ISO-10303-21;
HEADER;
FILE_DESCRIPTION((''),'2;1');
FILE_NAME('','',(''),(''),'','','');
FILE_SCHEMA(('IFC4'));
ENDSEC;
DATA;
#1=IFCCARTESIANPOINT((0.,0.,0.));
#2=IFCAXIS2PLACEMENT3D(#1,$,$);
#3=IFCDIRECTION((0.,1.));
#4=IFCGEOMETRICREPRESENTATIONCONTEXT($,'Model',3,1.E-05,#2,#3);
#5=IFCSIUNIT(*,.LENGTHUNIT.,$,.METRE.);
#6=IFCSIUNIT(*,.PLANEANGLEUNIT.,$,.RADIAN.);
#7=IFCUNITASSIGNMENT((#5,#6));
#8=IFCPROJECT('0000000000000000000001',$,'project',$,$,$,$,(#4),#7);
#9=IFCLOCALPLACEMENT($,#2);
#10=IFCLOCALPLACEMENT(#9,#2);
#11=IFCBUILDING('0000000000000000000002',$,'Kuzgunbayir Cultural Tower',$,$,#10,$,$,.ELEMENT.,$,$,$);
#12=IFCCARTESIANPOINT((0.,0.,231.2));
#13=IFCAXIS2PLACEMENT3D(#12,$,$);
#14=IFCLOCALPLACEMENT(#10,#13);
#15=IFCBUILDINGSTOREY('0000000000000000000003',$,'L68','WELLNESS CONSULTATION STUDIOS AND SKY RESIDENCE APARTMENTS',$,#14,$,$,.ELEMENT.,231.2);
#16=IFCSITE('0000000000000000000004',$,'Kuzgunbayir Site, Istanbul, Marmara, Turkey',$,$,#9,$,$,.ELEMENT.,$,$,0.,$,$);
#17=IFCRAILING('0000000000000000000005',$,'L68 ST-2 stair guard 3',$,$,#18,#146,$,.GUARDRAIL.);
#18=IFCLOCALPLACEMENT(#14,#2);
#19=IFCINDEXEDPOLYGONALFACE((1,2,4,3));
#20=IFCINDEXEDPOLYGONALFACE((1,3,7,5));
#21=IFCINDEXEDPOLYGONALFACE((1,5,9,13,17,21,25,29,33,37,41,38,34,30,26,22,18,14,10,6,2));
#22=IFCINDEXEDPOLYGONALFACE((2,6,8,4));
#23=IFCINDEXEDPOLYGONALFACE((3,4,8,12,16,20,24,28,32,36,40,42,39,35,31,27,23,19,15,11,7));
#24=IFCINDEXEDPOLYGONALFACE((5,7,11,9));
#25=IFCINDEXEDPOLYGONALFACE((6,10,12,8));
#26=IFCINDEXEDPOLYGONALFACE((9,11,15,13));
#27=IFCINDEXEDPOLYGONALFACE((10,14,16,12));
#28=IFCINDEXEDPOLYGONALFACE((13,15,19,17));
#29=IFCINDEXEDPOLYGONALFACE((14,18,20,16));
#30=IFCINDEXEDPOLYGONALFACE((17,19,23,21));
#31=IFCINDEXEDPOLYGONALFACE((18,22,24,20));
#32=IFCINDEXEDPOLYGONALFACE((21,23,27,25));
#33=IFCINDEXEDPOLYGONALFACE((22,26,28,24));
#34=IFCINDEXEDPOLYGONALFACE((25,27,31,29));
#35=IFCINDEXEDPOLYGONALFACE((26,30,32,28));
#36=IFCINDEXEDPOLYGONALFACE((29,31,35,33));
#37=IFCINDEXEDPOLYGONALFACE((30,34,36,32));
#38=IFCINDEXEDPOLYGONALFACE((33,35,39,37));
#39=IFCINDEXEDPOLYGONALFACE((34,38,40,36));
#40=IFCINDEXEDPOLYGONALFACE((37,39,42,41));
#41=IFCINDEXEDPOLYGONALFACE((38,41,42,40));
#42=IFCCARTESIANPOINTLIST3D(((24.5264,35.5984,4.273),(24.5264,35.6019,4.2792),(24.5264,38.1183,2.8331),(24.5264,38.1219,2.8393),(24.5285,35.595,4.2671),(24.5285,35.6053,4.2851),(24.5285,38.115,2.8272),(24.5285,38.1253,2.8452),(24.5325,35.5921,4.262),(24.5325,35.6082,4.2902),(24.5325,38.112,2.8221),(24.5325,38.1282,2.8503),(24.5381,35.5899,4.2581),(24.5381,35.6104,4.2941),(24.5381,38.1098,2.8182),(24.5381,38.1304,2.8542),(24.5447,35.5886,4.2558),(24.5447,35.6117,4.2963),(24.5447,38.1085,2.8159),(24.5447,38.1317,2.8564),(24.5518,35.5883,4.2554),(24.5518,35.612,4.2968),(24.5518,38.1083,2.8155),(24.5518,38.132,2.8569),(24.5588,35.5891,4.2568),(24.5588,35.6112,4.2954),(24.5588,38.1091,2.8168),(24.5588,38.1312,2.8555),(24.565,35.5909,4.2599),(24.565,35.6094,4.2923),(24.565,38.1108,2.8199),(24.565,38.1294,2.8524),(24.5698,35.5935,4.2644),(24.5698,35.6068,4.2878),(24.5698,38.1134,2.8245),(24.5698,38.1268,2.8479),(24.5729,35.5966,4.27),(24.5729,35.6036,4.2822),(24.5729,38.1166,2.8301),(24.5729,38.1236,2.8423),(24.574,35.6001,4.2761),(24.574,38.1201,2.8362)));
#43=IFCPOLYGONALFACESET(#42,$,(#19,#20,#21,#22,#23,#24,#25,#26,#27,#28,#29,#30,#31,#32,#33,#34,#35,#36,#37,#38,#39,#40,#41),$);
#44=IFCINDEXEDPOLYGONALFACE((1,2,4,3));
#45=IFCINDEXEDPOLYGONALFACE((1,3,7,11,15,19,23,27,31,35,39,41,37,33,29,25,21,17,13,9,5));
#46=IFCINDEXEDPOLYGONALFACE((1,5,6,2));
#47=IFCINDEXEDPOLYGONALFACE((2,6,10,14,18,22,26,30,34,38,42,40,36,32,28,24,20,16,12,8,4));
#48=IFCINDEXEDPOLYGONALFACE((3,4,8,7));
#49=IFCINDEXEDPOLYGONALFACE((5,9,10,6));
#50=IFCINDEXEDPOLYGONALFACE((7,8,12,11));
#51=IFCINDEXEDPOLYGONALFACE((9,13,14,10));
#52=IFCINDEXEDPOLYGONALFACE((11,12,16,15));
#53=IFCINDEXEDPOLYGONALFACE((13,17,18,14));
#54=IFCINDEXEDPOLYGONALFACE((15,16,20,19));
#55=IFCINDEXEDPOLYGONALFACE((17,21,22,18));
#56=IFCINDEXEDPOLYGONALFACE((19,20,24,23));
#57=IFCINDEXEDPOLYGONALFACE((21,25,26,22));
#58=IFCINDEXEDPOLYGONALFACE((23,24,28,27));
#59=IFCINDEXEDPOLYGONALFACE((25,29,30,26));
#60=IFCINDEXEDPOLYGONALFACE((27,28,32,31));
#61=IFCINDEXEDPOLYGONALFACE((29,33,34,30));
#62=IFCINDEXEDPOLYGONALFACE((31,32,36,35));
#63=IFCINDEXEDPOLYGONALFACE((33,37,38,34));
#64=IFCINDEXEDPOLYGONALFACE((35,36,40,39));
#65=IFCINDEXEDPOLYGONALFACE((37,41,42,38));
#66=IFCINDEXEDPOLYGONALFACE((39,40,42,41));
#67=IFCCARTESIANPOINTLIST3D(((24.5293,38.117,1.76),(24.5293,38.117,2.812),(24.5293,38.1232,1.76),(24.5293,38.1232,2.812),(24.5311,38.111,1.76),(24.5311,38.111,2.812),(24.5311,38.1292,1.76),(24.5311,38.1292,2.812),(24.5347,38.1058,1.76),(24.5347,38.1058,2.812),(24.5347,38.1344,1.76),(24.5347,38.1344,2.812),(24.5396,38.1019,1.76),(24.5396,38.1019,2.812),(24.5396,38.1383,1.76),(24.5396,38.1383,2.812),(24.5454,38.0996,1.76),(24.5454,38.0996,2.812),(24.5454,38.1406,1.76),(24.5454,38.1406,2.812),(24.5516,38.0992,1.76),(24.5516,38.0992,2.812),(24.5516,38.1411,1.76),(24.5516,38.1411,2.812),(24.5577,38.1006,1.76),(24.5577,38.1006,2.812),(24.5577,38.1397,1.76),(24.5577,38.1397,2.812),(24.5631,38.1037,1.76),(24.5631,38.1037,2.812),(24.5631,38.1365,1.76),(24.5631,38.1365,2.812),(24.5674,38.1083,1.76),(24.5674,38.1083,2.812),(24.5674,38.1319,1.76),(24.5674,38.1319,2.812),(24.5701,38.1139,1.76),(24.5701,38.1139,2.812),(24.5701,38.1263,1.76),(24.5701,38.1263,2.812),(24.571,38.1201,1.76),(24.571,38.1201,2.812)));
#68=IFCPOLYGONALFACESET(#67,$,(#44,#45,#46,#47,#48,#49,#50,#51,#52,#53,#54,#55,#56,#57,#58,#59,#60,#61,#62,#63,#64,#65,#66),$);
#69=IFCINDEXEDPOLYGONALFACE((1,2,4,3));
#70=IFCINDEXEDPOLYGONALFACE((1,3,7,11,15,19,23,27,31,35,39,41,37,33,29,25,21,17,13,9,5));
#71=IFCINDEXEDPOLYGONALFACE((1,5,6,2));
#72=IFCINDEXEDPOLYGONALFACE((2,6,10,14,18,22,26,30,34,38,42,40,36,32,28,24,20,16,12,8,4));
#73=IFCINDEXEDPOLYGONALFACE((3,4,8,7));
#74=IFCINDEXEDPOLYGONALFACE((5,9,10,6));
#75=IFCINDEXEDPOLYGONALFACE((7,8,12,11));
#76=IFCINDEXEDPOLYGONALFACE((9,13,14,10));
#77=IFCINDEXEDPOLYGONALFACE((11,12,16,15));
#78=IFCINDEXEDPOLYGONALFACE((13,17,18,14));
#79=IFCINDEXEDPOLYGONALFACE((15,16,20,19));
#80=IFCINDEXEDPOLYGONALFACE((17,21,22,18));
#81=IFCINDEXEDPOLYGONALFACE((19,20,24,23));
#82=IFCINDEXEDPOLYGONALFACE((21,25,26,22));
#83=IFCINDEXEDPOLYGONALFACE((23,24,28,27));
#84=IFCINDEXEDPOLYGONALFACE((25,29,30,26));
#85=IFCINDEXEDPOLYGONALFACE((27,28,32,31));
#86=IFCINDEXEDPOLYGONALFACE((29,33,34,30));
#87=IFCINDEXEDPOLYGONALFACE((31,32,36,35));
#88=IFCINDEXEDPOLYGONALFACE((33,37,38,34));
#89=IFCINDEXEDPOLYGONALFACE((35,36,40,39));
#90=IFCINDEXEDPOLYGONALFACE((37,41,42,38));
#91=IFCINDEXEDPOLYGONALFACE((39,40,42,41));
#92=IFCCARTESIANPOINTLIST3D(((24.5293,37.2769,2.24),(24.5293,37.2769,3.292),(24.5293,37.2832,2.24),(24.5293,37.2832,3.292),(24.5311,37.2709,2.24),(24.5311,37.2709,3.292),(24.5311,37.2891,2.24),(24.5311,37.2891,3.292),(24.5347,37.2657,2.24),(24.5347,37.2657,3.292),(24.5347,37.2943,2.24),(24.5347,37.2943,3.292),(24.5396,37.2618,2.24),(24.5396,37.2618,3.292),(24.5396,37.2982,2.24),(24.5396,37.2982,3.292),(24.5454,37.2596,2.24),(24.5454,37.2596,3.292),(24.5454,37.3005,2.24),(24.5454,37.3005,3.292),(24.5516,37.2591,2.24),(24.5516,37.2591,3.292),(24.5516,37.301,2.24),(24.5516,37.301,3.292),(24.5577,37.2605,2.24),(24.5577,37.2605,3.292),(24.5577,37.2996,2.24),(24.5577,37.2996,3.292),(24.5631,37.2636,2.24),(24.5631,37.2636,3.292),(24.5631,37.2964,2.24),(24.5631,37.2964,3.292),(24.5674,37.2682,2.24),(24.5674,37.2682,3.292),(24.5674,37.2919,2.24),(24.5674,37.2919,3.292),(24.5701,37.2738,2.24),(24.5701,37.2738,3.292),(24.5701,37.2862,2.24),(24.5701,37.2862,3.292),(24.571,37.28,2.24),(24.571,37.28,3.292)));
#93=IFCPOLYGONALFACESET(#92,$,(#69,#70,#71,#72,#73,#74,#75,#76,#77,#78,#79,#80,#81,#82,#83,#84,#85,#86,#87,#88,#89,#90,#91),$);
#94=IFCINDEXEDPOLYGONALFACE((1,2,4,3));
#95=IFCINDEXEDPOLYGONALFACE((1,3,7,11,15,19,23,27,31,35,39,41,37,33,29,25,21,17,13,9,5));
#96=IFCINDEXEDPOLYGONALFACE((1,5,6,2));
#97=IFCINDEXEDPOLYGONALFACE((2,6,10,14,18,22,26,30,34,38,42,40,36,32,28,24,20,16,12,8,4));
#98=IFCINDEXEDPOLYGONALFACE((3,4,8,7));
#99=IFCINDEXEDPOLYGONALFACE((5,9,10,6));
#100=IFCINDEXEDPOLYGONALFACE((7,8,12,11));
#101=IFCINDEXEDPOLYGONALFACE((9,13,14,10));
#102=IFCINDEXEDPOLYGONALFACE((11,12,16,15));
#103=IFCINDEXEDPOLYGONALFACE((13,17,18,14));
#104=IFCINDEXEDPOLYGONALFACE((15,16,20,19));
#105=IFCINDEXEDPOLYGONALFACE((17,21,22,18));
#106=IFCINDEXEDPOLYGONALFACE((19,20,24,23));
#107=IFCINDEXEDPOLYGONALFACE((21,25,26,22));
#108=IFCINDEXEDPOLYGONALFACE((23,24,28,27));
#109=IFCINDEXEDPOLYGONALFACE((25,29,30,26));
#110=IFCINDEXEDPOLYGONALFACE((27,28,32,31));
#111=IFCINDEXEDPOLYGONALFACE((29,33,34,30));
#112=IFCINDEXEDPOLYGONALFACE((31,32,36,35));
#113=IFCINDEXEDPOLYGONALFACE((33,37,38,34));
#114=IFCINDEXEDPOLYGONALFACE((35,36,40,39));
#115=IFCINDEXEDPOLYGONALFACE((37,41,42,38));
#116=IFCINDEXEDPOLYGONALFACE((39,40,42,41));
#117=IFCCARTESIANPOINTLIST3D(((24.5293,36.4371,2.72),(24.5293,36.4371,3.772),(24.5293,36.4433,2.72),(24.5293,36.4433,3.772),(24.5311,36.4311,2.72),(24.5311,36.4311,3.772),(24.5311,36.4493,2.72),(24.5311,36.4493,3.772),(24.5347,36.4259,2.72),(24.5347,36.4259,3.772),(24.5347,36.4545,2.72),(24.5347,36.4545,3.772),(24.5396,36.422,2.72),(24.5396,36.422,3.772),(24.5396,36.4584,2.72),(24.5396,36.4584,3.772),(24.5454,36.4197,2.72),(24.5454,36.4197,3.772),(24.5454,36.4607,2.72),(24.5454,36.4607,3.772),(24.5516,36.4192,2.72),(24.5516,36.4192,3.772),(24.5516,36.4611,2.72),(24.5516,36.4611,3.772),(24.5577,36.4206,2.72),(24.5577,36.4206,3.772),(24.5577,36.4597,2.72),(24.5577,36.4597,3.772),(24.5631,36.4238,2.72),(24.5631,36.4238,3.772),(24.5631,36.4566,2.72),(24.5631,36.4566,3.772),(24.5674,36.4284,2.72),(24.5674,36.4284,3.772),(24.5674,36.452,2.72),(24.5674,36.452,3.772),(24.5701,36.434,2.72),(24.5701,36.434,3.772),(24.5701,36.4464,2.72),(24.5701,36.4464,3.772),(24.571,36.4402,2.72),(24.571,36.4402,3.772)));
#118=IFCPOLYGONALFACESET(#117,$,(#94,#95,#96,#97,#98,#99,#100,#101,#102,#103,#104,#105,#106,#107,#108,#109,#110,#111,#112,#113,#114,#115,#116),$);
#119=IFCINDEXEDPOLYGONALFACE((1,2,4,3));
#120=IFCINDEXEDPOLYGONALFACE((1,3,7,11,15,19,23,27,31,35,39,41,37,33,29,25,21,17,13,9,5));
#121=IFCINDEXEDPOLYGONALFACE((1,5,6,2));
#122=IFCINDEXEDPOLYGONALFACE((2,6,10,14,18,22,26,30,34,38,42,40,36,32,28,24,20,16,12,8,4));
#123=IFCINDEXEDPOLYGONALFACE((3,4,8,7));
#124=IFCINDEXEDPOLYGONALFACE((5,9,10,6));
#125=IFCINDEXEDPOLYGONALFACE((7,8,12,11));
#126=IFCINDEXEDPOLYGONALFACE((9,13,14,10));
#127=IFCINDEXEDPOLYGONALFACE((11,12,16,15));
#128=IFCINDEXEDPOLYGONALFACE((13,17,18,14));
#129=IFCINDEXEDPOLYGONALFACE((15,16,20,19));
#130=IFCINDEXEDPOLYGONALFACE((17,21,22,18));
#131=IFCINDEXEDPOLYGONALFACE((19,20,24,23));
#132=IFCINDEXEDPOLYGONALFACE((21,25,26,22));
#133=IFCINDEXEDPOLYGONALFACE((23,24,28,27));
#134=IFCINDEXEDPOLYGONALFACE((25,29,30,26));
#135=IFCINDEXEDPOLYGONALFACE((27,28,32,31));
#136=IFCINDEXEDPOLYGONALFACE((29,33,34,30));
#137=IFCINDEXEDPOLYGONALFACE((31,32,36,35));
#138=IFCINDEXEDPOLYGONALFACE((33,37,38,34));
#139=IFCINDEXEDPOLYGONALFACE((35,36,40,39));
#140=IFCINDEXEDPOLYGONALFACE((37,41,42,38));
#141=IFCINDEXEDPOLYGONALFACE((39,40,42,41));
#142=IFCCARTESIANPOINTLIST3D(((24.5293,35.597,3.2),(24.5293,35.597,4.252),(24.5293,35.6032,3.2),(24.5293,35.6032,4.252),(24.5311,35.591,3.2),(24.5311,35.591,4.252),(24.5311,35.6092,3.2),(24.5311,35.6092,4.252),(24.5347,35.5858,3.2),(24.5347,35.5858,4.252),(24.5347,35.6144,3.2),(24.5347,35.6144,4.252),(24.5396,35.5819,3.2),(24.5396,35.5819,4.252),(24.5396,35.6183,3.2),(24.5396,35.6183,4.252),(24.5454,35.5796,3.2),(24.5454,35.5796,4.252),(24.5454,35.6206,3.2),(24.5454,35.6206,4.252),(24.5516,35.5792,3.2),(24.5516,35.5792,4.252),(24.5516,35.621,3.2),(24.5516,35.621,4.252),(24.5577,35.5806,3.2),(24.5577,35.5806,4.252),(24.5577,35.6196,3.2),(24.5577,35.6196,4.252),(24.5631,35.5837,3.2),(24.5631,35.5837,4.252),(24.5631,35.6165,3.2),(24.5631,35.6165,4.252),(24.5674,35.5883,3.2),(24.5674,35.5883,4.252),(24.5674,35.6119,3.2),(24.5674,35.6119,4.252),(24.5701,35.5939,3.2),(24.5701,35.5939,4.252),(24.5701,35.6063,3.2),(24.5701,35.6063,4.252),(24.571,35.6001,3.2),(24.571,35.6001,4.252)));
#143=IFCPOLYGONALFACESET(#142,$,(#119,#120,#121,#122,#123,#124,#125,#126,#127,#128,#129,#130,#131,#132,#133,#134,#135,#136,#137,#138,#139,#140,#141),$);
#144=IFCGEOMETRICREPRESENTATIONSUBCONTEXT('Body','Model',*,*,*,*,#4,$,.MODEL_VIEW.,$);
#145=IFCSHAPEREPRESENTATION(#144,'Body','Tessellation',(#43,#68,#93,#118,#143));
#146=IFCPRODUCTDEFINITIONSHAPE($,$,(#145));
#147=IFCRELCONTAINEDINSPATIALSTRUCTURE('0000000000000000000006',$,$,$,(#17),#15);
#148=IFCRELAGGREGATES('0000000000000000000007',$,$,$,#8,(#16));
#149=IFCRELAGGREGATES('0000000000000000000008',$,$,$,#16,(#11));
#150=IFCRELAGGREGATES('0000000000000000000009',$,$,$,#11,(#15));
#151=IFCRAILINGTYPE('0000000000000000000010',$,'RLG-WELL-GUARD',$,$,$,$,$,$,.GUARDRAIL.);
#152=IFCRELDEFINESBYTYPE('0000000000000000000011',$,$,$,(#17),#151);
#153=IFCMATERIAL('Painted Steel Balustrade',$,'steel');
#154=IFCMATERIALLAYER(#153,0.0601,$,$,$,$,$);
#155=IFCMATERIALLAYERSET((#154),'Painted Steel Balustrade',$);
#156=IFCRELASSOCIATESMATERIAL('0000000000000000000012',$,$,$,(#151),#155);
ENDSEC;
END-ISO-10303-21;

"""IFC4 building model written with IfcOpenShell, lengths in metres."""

from ifc_helpers import new_model, si_unit, direction, frame, origin, origin_2d, place, context, subcontext, project, spatial, circle, extrude, material, layer, layer_set, type_object, element, save


model = new_model("IFC4")

# Units and contexts
model_context = context("Model", 3, precision=1e-05, world=origin(), true_north=direction((0.0, 1.0)))
body_context = subcontext(model_context, "Body", "Model", "MODEL_VIEW")
ifc_project = project(units=[si_unit("LENGTHUNIT", "METRE"), si_unit("PLANEANGLEUNIT", "RADIAN")], contexts=[model_context])

# Site, building, storey
site_placement = place(None, origin())
site = spatial("IfcSite", under=ifc_project, at=site_placement, Name="Kuzgunbayir Site, Istanbul, Marmara, Turkey", CompositionType="ELEMENT", RefElevation=0.0)
building_placement = place(site_placement, origin())
building = spatial("IfcBuilding", under=site, at=building_placement, Name="Kuzgunbayir Cultural Tower", CompositionType="ELEMENT")
storey_placement = place(building_placement, frame((0.0, 0.0, 231.2)))
storey = spatial("IfcBuildingStorey", under=building, at=storey_placement, Name="L68", Description="WELLNESS CONSULTATION STUDIOS AND SKY RESIDENCE APARTMENTS", CompositionType="ELEMENT", Elevation=231.2)

# Railing
ifc_material_1 = material(Name="Painted Steel Balustrade", Category="steel")
ifc_layer_1 = layer(ifc_material_1, 0.0601)
ifc_layer_set_1 = layer_set([ifc_layer_1], Name="Painted Steel Balustrade")
railing_type_1 = type_object("IfcRailingType", Name="RLG-WELL-GUARD", PredefinedType="GUARDRAIL", material=ifc_layer_set_1)
railing_1_placement = place(storey_placement, frame((24.55, 38.1201, 1.76)))
element("IfcRailing", 1, at=railing_1_placement, inside=storey, type_object=railing_type_1, Name="L68 ST-2 stair guard 3", PredefinedType="GUARDRAIL", context=body_context, shape_type="SweptSolid", body=[
    extrude(circle(Radius=0.0239, at=origin_2d()), frame((0.0, 0.0, 1.0762), z_axis=(0.0, -0.868253, 0.496121), x_axis=(1.0, 0.0, 0.0)), (0.0, 0.0, 1.0), 2.9023),
    extrude(circle(Radius=0.021, at=origin_2d()), origin(), (0.0, 0.0, 1.0), 1.052),
    extrude(circle(Radius=0.021, at=origin_2d()), frame((0.0, -0.8401, 0.48)), (0.0, 0.0, 1.0), 1.052),
    extrude(circle(Radius=0.021, at=origin_2d()), frame((0.0, -1.6799, 0.96)), (0.0, 0.0, 1.0), 1.052),
    extrude(circle(Radius=0.021, at=origin_2d()), frame((0.0, -2.52, 1.4399)), (0.0, 0.0, 1.0), 1.052),
])

save(model, "model.ifc")
